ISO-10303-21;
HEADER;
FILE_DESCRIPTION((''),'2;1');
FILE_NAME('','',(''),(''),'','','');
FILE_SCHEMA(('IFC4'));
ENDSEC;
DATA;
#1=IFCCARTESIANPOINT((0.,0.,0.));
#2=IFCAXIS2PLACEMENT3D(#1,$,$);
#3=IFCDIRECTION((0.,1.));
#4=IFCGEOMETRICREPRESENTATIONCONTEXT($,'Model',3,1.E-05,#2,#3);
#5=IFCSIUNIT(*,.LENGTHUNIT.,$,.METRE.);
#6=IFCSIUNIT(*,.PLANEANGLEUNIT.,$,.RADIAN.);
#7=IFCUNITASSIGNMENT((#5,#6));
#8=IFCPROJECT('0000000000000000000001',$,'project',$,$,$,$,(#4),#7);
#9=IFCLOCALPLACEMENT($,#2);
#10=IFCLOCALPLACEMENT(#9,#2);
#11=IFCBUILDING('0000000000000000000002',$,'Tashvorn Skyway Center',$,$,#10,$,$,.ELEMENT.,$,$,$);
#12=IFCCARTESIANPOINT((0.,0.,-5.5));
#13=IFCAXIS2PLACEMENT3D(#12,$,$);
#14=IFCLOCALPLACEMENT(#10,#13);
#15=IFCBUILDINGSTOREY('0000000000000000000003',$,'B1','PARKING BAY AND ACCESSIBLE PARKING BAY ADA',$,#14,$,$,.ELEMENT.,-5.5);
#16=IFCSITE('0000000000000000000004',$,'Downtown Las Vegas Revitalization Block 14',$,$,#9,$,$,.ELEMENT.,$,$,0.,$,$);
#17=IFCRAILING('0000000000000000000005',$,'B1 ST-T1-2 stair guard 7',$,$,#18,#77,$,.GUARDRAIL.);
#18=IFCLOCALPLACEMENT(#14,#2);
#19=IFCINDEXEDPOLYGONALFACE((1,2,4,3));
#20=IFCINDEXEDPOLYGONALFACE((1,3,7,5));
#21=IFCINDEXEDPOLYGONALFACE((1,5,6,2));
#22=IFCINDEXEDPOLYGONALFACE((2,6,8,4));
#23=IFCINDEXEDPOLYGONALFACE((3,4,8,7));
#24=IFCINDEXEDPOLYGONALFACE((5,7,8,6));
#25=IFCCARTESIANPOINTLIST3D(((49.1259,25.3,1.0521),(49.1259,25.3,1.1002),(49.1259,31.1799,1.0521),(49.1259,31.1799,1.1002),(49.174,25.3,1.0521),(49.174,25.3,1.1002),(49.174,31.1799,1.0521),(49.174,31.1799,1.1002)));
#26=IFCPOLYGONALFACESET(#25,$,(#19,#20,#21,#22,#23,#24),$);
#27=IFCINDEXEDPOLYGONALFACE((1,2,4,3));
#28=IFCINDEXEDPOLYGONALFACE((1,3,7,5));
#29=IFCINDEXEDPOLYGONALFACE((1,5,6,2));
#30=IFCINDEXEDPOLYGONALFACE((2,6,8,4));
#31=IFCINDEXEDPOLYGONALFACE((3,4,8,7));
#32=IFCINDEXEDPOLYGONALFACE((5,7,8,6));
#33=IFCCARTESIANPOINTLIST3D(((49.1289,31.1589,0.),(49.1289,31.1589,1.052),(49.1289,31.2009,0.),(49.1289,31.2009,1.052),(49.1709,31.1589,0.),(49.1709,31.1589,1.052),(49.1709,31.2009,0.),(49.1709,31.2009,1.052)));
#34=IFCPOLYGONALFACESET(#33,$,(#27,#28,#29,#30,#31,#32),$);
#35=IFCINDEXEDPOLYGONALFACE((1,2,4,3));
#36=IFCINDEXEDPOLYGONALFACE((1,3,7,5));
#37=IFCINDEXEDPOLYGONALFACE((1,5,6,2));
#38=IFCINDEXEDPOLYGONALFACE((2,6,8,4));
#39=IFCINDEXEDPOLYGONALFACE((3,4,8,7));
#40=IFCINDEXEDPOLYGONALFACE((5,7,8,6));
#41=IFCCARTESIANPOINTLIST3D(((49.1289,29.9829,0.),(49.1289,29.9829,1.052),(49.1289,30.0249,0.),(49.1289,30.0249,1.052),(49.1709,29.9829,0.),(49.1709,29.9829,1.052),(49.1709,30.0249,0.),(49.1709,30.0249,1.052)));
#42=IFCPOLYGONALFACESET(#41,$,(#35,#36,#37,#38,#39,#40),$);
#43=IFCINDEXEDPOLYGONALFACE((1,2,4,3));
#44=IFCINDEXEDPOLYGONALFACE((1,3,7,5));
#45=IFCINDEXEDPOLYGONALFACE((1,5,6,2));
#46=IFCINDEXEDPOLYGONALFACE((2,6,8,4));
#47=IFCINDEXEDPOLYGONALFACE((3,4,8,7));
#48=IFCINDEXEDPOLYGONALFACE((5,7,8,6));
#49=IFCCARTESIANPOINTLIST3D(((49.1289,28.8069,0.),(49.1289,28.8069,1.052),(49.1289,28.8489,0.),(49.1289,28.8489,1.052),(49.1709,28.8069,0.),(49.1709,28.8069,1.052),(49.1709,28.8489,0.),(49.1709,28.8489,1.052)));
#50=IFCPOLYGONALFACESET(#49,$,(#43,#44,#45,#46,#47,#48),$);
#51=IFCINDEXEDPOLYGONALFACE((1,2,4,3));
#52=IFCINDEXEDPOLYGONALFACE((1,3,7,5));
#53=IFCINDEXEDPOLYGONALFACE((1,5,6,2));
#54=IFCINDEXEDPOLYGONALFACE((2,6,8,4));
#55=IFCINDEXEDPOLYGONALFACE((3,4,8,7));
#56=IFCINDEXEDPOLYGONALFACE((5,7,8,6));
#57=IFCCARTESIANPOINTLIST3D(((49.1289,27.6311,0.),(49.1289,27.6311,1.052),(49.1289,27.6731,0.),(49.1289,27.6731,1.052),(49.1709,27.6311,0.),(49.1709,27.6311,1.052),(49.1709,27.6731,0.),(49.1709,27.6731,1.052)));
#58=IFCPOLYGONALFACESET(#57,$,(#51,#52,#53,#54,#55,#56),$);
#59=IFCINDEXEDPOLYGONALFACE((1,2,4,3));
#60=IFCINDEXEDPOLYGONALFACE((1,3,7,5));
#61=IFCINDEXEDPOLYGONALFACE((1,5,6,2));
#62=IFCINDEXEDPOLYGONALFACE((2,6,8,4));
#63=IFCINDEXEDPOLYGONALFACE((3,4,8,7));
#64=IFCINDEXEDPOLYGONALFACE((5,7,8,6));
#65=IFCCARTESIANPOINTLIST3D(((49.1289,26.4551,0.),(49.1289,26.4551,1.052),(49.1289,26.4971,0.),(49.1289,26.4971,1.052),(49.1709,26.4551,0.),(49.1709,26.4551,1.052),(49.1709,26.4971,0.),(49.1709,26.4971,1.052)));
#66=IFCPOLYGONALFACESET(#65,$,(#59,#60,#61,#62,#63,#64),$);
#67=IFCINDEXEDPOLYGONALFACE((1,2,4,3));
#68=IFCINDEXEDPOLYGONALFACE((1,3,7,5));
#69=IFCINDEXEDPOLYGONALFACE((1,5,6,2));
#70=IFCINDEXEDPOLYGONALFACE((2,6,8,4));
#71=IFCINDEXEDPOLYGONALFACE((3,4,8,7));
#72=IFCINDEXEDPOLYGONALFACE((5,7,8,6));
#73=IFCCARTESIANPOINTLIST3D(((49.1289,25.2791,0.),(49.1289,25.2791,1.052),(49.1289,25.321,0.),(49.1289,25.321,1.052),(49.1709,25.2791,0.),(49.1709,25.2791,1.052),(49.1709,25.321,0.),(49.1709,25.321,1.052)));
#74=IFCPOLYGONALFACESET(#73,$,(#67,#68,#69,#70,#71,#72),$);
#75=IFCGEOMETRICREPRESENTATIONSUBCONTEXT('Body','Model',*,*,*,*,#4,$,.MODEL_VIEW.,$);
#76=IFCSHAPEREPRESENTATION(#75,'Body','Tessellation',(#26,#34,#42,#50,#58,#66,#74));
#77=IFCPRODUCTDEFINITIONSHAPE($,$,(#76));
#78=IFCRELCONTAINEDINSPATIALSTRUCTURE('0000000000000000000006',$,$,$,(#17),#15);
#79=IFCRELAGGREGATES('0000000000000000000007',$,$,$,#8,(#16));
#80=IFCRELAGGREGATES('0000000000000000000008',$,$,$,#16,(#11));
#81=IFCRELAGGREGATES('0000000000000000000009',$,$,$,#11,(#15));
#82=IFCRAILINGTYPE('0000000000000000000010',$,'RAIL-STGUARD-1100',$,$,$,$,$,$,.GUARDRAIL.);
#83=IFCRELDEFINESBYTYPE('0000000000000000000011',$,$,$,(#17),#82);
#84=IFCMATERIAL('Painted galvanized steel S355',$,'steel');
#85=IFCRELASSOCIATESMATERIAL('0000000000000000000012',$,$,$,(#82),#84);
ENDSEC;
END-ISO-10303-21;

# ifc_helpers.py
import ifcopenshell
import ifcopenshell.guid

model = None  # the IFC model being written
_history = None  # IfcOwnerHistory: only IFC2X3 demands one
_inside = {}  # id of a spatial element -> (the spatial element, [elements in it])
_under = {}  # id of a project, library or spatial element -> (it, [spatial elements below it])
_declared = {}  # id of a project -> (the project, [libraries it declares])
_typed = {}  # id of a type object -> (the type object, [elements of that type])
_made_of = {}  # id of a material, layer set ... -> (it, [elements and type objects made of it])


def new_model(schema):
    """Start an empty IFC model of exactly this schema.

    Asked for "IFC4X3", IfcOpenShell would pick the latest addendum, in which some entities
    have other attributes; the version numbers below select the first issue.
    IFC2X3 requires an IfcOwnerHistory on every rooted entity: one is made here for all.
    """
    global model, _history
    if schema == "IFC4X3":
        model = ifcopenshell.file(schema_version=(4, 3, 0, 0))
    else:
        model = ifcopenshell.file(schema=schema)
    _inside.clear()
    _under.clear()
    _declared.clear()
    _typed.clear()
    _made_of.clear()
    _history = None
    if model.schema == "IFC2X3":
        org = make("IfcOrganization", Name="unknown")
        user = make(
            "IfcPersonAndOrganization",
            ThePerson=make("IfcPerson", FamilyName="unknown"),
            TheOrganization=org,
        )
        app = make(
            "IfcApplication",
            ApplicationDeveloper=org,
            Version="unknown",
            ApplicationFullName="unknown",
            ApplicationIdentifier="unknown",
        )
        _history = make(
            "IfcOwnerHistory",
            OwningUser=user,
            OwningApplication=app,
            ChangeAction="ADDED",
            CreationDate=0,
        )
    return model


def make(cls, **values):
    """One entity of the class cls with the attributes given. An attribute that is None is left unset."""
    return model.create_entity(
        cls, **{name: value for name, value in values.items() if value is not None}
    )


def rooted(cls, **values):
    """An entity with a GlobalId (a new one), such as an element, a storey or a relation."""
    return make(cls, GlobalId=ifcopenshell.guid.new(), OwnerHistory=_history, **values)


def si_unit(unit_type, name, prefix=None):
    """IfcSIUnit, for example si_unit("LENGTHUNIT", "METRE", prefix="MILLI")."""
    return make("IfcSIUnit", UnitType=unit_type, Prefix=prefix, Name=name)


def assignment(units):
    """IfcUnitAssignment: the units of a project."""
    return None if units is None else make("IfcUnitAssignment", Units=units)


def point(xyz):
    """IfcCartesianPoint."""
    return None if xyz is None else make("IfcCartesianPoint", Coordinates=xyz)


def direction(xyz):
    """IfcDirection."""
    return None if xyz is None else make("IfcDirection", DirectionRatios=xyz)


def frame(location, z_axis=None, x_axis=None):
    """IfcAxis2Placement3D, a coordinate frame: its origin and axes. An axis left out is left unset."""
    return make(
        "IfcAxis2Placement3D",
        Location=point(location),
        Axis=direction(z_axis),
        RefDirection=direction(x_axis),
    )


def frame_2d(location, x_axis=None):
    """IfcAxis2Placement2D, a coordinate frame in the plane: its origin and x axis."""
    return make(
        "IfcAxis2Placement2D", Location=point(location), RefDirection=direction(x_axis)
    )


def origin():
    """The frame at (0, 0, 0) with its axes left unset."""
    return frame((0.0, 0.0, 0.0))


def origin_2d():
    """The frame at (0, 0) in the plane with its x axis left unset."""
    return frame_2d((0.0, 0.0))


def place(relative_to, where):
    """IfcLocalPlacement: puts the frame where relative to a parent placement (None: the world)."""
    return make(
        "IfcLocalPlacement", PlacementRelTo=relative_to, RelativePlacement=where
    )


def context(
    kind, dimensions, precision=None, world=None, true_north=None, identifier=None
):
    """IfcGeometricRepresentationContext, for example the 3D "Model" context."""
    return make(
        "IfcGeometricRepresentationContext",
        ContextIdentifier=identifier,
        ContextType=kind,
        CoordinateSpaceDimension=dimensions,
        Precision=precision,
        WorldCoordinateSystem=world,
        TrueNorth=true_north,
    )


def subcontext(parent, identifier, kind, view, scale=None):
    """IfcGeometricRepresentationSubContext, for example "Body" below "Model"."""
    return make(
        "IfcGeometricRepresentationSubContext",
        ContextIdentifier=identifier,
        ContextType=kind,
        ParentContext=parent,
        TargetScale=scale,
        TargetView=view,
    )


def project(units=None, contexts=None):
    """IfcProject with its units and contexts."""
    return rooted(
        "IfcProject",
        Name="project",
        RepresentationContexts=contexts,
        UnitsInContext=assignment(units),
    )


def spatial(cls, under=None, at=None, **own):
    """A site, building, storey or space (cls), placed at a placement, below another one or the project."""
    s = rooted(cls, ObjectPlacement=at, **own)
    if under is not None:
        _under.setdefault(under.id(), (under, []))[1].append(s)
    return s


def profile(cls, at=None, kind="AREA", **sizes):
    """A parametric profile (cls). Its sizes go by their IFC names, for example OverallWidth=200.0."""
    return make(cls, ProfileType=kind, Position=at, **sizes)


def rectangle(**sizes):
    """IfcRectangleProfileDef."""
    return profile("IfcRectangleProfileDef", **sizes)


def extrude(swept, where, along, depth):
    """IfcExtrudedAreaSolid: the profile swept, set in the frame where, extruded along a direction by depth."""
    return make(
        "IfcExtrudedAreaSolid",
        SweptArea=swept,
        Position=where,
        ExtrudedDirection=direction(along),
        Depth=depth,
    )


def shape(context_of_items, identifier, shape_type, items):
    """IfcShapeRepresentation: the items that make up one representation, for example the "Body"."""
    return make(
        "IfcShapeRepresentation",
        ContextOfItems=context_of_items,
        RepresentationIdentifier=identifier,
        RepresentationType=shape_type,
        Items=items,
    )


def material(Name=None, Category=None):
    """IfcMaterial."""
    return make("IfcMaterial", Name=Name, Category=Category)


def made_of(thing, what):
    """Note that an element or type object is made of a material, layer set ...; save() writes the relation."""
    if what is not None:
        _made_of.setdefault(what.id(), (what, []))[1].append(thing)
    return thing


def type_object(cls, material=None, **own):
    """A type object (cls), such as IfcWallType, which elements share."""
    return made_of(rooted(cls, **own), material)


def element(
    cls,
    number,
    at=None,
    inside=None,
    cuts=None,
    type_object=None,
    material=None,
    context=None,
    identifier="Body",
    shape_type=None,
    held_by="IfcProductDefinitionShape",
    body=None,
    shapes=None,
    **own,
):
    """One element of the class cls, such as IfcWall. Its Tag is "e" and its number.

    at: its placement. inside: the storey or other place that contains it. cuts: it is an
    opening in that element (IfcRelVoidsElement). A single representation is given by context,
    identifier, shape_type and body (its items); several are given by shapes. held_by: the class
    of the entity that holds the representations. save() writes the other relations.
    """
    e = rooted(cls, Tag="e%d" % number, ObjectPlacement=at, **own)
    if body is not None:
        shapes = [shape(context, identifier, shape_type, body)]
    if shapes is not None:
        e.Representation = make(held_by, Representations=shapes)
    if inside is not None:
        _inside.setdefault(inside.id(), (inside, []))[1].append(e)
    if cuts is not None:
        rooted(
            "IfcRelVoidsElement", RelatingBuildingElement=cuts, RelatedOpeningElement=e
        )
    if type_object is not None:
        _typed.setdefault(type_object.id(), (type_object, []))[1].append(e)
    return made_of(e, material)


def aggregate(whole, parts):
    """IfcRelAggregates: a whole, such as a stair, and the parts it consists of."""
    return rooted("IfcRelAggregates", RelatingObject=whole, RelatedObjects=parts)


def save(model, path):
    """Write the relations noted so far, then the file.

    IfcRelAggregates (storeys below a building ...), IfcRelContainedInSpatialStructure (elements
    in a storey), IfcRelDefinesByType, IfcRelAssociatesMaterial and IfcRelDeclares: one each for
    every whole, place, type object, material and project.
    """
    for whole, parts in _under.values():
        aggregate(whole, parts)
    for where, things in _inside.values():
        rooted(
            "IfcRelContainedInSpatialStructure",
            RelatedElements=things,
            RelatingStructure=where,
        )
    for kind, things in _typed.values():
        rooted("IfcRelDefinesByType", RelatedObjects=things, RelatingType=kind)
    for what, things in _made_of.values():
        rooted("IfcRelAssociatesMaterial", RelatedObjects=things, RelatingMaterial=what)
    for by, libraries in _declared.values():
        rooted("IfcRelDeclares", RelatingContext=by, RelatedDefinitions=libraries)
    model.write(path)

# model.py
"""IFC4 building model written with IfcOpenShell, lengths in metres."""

from ifc_helpers import new_model, si_unit, direction, frame, origin, origin_2d, place, context, subcontext, project, spatial, rectangle, extrude, material, type_object, element, save


model = new_model("IFC4")

# Units and contexts
model_context = context("Model", 3, precision=1e-05, world=origin(), true_north=direction((0.0, 1.0)))
body_context = subcontext(model_context, "Body", "Model", "MODEL_VIEW")
ifc_project = project(units=[si_unit("LENGTHUNIT", "METRE"), si_unit("PLANEANGLEUNIT", "RADIAN")], contexts=[model_context])

# Site, building, storey
site_placement = place(None, origin())
site = spatial("IfcSite", under=ifc_project, at=site_placement, Name="Downtown Las Vegas Revitalization Block 14", CompositionType="ELEMENT", RefElevation=0.0)
building_placement = place(site_placement, origin())
building = spatial("IfcBuilding", under=site, at=building_placement, Name="Tashvorn Skyway Center", CompositionType="ELEMENT")
storey_placement = place(building_placement, frame((0.0, 0.0, -5.5)))
storey = spatial("IfcBuildingStorey", under=building, at=storey_placement, Name="B1", Description="PARKING BAY AND ACCESSIBLE PARKING BAY ADA", CompositionType="ELEMENT", Elevation=-5.5)

# Railing
ifc_material_1 = material(Name="Painted galvanized steel S355", Category="steel")
railing_type_1 = type_object("IfcRailingType", Name="RAIL-STGUARD-1100", PredefinedType="GUARDRAIL", material=ifc_material_1)
railing_1_placement = place(storey_placement, frame((49.1499, 31.1799, 0.0)))
element("IfcRailing", 1, at=railing_1_placement, inside=storey, type_object=railing_type_1, Name="B1 ST-T1-2 stair guard 7", PredefinedType="GUARDRAIL", context=body_context, shape_type="SweptSolid", body=[
    extrude(rectangle(XDim=0.0481, YDim=0.0481, at=origin_2d()), frame((0.0, 0.0, 1.0762), z_axis=(0.0, -1.0, 0.0), x_axis=(1.0, 0.0, 0.0)), (0.0, 0.0, 1.0), 5.8799),
    extrude(rectangle(XDim=0.042, YDim=0.042, at=origin_2d()), origin(), (0.0, 0.0, 1.0), 1.052),
    extrude(rectangle(XDim=0.042, YDim=0.042, at=origin_2d()), frame((0.0, -1.176, 0.0)), (0.0, 0.0, 1.0), 1.052),
    extrude(rectangle(XDim=0.042, YDim=0.042, at=origin_2d()), frame((0.0, -2.3521, 0.0)), (0.0, 0.0, 1.0), 1.052),
    extrude(rectangle(XDim=0.042, YDim=0.042, at=origin_2d()), frame((0.0, -3.5278, 0.0)), (0.0, 0.0, 1.0), 1.052),
    extrude(rectangle(XDim=0.042, YDim=0.042, at=origin_2d()), frame((0.0, -4.7039, 0.0)), (0.0, 0.0, 1.0), 1.052),
    extrude(rectangle(XDim=0.042, YDim=0.042, at=origin_2d()), frame((0.0, -5.8799, 0.0)), (0.0, 0.0, 1.0), 1.052),
])

save(model, "model.ifc")
